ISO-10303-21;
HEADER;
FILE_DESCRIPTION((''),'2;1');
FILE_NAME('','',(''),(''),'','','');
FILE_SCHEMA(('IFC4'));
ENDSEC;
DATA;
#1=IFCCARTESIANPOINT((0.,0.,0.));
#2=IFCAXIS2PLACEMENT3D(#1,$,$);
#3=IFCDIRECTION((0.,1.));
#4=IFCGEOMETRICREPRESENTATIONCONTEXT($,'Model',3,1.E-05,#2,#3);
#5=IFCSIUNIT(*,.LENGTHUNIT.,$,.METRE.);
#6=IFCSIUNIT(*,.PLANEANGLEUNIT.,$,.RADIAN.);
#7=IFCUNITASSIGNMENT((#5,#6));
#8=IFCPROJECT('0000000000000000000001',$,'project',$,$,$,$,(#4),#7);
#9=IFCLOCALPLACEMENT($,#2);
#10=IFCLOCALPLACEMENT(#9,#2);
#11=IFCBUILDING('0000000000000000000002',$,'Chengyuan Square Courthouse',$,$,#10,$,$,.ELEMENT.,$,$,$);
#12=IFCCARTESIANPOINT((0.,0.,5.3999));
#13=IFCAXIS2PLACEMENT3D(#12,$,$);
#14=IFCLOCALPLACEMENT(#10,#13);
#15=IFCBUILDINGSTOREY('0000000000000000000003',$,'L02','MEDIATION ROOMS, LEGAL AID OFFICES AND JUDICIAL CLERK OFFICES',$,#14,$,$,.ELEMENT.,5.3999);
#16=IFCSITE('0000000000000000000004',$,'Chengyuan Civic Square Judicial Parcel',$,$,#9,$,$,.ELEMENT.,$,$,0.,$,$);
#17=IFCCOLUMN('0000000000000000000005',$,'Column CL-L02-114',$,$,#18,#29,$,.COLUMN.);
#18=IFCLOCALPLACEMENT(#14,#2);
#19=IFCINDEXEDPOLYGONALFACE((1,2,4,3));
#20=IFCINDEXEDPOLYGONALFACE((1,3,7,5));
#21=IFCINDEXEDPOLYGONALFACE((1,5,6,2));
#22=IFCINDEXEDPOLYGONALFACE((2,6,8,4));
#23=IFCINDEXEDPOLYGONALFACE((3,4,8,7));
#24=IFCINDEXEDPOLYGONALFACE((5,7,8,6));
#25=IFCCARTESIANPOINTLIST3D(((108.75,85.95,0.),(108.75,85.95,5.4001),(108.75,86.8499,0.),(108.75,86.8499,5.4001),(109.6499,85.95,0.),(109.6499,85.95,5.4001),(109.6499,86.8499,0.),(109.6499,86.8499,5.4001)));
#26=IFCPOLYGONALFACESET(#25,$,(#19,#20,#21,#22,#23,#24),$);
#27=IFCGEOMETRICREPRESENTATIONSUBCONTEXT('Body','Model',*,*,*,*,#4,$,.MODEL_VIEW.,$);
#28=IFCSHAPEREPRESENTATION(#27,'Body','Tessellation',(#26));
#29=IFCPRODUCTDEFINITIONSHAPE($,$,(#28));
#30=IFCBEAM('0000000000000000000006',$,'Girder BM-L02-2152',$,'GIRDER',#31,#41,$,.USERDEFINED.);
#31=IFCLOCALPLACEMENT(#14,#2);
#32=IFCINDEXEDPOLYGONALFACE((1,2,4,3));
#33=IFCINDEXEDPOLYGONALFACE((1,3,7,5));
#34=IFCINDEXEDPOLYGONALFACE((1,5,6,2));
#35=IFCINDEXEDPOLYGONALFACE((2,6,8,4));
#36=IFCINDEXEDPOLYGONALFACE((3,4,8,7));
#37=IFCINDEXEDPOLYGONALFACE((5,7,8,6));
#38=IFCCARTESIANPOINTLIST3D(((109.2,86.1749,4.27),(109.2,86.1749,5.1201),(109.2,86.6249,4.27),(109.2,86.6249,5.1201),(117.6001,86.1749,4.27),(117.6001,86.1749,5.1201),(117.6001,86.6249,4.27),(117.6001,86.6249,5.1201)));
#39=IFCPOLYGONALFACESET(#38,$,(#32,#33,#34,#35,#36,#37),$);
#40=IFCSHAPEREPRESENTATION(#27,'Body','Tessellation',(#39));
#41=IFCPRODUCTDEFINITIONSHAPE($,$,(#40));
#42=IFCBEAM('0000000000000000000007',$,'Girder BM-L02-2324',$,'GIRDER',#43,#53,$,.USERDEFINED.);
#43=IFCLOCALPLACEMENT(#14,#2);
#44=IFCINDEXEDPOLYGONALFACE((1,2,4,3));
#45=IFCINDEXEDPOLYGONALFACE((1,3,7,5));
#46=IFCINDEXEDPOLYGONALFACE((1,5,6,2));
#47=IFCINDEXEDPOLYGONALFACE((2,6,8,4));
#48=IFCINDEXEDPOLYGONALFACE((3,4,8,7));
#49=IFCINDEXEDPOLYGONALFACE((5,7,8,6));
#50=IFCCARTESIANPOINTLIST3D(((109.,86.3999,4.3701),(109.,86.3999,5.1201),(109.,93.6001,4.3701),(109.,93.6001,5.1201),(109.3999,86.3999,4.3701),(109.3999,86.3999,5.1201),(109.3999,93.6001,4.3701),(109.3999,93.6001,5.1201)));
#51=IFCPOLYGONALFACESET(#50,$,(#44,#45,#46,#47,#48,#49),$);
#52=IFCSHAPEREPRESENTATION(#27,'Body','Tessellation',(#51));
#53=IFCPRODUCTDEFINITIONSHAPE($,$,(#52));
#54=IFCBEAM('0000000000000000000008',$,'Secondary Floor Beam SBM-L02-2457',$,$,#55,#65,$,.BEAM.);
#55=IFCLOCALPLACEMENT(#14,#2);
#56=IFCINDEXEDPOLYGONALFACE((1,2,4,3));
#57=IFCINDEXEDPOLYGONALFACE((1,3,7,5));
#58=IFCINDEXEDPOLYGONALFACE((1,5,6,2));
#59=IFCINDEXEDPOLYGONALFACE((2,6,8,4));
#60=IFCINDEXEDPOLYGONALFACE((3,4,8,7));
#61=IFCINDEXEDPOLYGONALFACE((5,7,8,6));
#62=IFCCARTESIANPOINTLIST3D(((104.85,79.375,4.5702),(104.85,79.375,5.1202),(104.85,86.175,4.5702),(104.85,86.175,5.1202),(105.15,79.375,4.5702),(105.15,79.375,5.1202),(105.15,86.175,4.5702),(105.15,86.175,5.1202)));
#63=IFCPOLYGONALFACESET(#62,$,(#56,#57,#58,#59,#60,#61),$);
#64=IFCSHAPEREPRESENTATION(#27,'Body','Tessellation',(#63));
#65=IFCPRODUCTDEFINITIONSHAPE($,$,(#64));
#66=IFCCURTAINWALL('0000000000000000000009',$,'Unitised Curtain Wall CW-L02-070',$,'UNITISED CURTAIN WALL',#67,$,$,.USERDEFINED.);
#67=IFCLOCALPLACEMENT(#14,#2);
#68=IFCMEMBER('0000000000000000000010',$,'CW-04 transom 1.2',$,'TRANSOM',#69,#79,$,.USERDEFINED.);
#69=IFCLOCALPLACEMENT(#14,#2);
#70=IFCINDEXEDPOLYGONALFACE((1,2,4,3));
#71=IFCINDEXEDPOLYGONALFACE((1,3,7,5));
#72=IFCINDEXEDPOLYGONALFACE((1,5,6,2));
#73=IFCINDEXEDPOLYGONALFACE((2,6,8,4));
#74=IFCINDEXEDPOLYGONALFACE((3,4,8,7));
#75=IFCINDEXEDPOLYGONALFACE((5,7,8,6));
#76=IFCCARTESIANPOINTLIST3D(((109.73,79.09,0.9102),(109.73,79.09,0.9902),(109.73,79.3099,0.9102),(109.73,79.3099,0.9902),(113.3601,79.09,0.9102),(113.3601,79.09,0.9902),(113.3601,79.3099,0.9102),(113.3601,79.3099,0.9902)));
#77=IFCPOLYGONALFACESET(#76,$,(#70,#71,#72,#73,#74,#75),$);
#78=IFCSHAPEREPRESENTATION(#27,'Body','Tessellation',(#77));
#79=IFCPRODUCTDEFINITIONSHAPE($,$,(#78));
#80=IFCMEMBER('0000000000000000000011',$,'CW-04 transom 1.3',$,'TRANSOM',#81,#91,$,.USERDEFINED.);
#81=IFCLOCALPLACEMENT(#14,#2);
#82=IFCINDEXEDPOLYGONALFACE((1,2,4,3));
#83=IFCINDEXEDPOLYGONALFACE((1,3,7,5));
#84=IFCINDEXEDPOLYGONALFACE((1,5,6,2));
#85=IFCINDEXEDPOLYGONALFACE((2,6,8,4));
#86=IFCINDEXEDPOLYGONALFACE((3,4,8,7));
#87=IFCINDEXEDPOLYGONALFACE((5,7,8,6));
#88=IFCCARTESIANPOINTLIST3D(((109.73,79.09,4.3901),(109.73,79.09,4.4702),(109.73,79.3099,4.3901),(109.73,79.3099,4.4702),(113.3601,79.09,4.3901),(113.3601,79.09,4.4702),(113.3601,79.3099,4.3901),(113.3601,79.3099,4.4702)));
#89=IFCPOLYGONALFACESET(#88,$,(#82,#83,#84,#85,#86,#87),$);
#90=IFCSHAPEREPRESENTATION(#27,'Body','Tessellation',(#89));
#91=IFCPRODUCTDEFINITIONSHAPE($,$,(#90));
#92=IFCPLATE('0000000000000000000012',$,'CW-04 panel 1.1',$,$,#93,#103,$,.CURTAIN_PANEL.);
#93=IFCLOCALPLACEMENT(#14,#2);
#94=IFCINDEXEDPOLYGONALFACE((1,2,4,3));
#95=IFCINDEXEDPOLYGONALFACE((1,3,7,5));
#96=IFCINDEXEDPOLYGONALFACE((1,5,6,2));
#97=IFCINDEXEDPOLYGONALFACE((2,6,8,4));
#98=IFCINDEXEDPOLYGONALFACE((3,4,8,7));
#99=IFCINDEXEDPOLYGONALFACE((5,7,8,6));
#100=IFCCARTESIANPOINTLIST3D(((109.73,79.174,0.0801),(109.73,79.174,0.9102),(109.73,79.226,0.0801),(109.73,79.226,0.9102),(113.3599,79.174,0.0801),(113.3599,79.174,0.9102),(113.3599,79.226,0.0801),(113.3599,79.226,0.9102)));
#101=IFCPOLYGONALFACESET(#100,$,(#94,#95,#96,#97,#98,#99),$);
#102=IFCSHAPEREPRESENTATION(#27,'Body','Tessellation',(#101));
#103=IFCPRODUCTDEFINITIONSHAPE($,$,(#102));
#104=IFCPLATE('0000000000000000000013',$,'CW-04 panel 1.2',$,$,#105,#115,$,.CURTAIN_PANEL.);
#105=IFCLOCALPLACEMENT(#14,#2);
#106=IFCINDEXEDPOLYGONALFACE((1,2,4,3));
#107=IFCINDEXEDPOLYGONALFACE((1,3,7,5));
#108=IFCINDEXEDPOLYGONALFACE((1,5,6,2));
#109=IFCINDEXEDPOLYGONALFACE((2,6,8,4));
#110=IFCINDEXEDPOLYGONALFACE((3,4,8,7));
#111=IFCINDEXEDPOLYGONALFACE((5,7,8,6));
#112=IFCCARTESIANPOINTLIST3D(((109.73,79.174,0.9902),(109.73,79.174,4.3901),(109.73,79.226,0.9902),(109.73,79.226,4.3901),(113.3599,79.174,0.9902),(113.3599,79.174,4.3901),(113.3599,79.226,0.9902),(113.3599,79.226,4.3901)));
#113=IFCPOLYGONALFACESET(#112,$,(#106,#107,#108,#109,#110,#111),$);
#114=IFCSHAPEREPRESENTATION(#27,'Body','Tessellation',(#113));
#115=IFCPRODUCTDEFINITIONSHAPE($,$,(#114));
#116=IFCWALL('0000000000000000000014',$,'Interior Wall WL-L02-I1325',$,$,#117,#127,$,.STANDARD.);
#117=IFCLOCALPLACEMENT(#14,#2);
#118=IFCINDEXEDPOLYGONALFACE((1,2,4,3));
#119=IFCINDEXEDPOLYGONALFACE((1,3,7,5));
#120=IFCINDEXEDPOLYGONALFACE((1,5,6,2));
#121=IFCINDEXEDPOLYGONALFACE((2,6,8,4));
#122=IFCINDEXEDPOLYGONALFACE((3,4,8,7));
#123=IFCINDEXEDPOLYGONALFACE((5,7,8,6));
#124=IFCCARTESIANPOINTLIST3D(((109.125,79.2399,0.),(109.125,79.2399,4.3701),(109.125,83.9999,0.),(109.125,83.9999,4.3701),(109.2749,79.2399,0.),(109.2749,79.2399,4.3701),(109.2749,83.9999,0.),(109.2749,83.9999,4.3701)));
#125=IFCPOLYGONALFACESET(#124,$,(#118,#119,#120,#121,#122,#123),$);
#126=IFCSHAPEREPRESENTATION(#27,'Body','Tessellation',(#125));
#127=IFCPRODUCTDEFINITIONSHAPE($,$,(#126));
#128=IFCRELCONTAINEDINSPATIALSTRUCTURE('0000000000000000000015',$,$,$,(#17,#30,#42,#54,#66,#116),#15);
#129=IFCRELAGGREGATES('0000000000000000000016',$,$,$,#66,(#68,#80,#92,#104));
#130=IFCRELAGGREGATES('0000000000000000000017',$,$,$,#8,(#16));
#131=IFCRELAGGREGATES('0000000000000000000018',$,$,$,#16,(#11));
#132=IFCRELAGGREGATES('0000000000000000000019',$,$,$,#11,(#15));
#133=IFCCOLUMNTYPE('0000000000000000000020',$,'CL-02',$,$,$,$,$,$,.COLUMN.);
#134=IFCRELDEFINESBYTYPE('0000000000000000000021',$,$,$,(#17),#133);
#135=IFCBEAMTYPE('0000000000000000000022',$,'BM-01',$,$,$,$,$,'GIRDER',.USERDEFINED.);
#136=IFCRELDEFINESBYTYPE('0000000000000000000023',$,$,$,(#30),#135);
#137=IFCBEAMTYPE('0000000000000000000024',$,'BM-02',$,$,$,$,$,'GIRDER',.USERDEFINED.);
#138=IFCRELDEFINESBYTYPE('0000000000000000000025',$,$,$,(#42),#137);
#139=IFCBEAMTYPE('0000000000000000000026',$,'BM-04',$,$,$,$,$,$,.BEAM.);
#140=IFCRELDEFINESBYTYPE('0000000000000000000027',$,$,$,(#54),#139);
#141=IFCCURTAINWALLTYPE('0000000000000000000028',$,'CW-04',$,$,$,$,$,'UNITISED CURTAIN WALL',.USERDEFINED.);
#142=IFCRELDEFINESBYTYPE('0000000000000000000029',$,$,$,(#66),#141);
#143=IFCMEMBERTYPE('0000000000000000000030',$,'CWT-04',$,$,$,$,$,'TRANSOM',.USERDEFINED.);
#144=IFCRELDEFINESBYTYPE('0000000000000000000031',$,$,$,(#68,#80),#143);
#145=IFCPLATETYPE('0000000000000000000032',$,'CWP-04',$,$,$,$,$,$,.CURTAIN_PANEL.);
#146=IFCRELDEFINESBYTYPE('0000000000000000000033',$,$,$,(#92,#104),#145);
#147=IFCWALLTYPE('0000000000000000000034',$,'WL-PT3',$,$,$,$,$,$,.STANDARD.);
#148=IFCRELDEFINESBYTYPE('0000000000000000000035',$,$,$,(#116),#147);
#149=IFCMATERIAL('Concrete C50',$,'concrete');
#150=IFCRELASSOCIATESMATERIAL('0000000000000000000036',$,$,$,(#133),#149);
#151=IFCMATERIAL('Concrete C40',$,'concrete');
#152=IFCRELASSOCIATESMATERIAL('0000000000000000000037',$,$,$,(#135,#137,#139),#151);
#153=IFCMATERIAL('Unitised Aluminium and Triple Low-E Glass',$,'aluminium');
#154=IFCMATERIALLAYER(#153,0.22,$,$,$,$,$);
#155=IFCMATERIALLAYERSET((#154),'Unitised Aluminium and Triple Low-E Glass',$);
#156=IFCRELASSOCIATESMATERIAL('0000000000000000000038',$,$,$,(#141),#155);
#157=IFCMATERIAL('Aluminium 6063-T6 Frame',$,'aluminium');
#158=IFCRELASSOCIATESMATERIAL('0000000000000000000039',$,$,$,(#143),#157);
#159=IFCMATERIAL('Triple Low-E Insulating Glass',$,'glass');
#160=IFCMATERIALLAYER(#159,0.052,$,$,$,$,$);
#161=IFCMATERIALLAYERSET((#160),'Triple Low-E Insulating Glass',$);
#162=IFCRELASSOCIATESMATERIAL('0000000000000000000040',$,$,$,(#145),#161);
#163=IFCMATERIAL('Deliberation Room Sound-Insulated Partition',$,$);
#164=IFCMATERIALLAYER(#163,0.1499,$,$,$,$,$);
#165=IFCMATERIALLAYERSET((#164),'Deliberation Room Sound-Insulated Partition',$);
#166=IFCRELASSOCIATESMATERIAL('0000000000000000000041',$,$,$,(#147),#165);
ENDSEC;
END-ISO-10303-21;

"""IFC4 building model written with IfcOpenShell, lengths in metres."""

from ifc_helpers import new_model, si_unit, direction, frame, frame_2d, origin, origin_2d, place, context, subcontext, project, spatial, rectangle, extrude, material, layer, layer_set, material_profile, profile_set, type_object, element, aggregate, save


model = new_model("IFC4")

# Units and contexts
model_context = context("Model", 3, precision=1e-05, world=origin(), true_north=direction((0.0, 1.0)))
body_context = subcontext(model_context, "Body", "Model", "MODEL_VIEW")
ifc_project = project(units=[si_unit("LENGTHUNIT", "METRE"), si_unit("PLANEANGLEUNIT", "RADIAN")], contexts=[model_context])

# Site, building, storey
site_placement = place(None, origin())
site = spatial("IfcSite", under=ifc_project, at=site_placement, Name="Chengyuan Civic Square Judicial Parcel", CompositionType="ELEMENT", RefElevation=0.0)
building_placement = place(site_placement, origin())
building = spatial("IfcBuilding", under=site, at=building_placement, Name="Chengyuan Square Courthouse", CompositionType="ELEMENT")
storey_placement = place(building_placement, frame((0.0, 0.0, 5.3999)))
storey = spatial("IfcBuildingStorey", under=building, at=storey_placement, Name="L02", Description="MEDIATION ROOMS, LEGAL AID OFFICES AND JUDICIAL CLERK OFFICES", CompositionType="ELEMENT", Elevation=5.3999)

# Column
ifc_material_1 = material(Name="Concrete C50", Category="concrete")
ifc_material_profile_1 = material_profile(ifc_material_1, rectangle(XDim=0.8999, YDim=0.8999, at=origin_2d()), Name="RC-COL-900x900")
ifc_profile_set_1 = profile_set([ifc_material_profile_1], Name="Concrete C50")
column_type = type_object("IfcColumnType", Name="CL-02", PredefinedType="COLUMN", material=ifc_profile_set_1)
column_placement = place(storey_placement, frame((109.2, 86.3999, 0.0), z_axis=(0.0, 0.0, 1.0), x_axis=(1.0, 0.0, 0.0)))
element("IfcColumn", 1, at=column_placement, inside=storey, type_object=column_type, Name="Column CL-L02-114", PredefinedType="COLUMN", context=body_context, shape_type="SweptSolid", body=[
    extrude(rectangle(XDim=0.8999, YDim=0.8999, at=origin_2d()), origin(), (0.0, 0.0, 1.0), 5.4001),
])

# Beams
ifc_material_2 = material(Name="Concrete C40", Category="concrete")
ifc_material_profile_2 = material_profile(ifc_material_2, rectangle(XDim=0.45, YDim=0.8501, at=origin_2d()), Name="RC-BM-450x850")
ifc_profile_set_2 = profile_set([ifc_material_profile_2], Name="Concrete C40")
beam_type_1 = type_object("IfcBeamType", Name="BM-01", ElementType="GIRDER", PredefinedType="USERDEFINED", material=ifc_profile_set_2)
beam_1_placement = place(storey_placement, frame((109.2, 86.3999, 4.6951), z_axis=(1.0, 0.0, 0.0), x_axis=(0.0, 1.0, 0.0)))
element("IfcBeam", 2, at=beam_1_placement, inside=storey, type_object=beam_type_1, Name="Girder BM-L02-2152", ObjectType="GIRDER", PredefinedType="USERDEFINED", context=body_context, shape_type="SweptSolid", body=[
    extrude(rectangle(XDim=0.45, YDim=0.8501, at=origin_2d()), origin(), (0.0, 0.0, 1.0), 8.4001),
])
ifc_material_profile_3 = material_profile(ifc_material_2, rectangle(XDim=0.3999, YDim=0.75, at=origin_2d()), Name="RC-BM-400x750")
ifc_profile_set_3 = profile_set([ifc_material_profile_3], Name="Concrete C40")
beam_type_2 = type_object("IfcBeamType", Name="BM-02", ElementType="GIRDER", PredefinedType="USERDEFINED", material=ifc_profile_set_3)
beam_2_placement = place(storey_placement, frame((109.2, 86.3999, 4.7451), z_axis=(0.0, 1.0, 0.0), x_axis=(-1.0, 0.0, 0.0)))
element("IfcBeam", 3, at=beam_2_placement, inside=storey, type_object=beam_type_2, Name="Girder BM-L02-2324", ObjectType="GIRDER", PredefinedType="USERDEFINED", context=body_context, shape_type="SweptSolid", body=[
    extrude(rectangle(XDim=0.3999, YDim=0.75, at=origin_2d()), origin(), (0.0, 0.0, 1.0), 7.2002),
])
ifc_material_profile_4 = material_profile(ifc_material_2, rectangle(XDim=0.3, YDim=0.55, at=origin_2d()), Name="RC-BM-300x550")
ifc_profile_set_4 = profile_set([ifc_material_profile_4], Name="Concrete C40")
beam_type_3 = type_object("IfcBeamType", Name="BM-04", PredefinedType="BEAM", material=ifc_profile_set_4)
beam_3_placement = place(storey_placement, frame((105.0, 79.375, 4.8452), z_axis=(0.0, 1.0, 0.0), x_axis=(-1.0, 0.0, 0.0)))
element("IfcBeam", 4, at=beam_3_placement, inside=storey, type_object=beam_type_3, Name="Secondary Floor Beam SBM-L02-2457", PredefinedType="BEAM", context=body_context, shape_type="SweptSolid", body=[
    extrude(rectangle(XDim=0.3, YDim=0.55, at=origin_2d()), origin(), (0.0, 0.0, 1.0), 6.8),
])

# Curtain wall, members, plates
ifc_material_3 = material(Name="Unitised Aluminium and Triple Low-E Glass", Category="aluminium")
ifc_layer_1 = layer(ifc_material_3, 0.22)
ifc_layer_set_1 = layer_set([ifc_layer_1], Name="Unitised Aluminium and Triple Low-E Glass")
curtain_wall_type = type_object("IfcCurtainWallType", Name="CW-04", ElementType="UNITISED CURTAIN WALL", PredefinedType="USERDEFINED", material=ifc_layer_set_1)
curtain_wall_placement = place(storey_placement, origin())
curtain_wall = element("IfcCurtainWall", 5, at=curtain_wall_placement, inside=storey, type_object=curtain_wall_type, Name="Unitised Curtain Wall CW-L02-070", ObjectType="UNITISED CURTAIN WALL", PredefinedType="USERDEFINED")
ifc_material_4 = material(Name="Aluminium 6063-T6 Frame", Category="aluminium")
ifc_material_profile_5 = material_profile(ifc_material_4, rectangle(XDim=0.22, YDim=0.0801, at=origin_2d()), Name="CW-TRN-80x180")
ifc_profile_set_5 = profile_set([ifc_material_profile_5], Name="Aluminium 6063-T6 Frame")
member_type = type_object("IfcMemberType", Name="CWT-04", ElementType="TRANSOM", PredefinedType="USERDEFINED", material=ifc_profile_set_5)
member_1_placement = place(storey_placement, frame((109.73, 79.2, 0.9502), z_axis=(1.0, 0.0, 0.0), x_axis=(0.0, 1.0, 0.0)))
member_1 = element("IfcMember", 6, at=member_1_placement, type_object=member_type, Name="CW-04 transom 1.2", ObjectType="TRANSOM", PredefinedType="USERDEFINED", context=body_context, shape_type="SweptSolid", body=[
    extrude(rectangle(XDim=0.22, YDim=0.0801, at=origin_2d()), origin(), (0.0, 0.0, 1.0), 3.6301),
])
member_2_placement = place(storey_placement, frame((109.73, 79.2, 4.4302), z_axis=(1.0, 0.0, 0.0), x_axis=(0.0, 1.0, 0.0)))
member_2 = element("IfcMember", 7, at=member_2_placement, type_object=member_type, Name="CW-04 transom 1.3", ObjectType="TRANSOM", PredefinedType="USERDEFINED", context=body_context, shape_type="SweptSolid", body=[
    extrude(rectangle(XDim=0.22, YDim=0.0801, at=origin_2d()), origin(), (0.0, 0.0, 1.0), 3.6301),
])
ifc_material_5 = material(Name="Triple Low-E Insulating Glass", Category="glass")
ifc_layer_2 = layer(ifc_material_5, 0.052)
ifc_layer_set_2 = layer_set([ifc_layer_2], Name="Triple Low-E Insulating Glass")
plate_type = type_object("IfcPlateType", Name="CWP-04", PredefinedType="CURTAIN_PANEL", material=ifc_layer_set_2)
plate_1_placement = place(storey_placement, frame((111.5449, 79.2, 0.0801), z_axis=(0.0, 0.0, 1.0), x_axis=(1.0, 0.0, 0.0)))
plate_1 = element("IfcPlate", 8, at=plate_1_placement, type_object=plate_type, Name="CW-04 panel 1.1", PredefinedType="CURTAIN_PANEL", context=body_context, shape_type="SweptSolid", body=[
    extrude(rectangle(XDim=3.6299, YDim=0.052, at=origin_2d()), origin(), (0.0, 0.0, 1.0), 0.8301),
])
plate_2_placement = place(storey_placement, frame((111.5449, 79.2, 0.9902), z_axis=(0.0, 0.0, 1.0), x_axis=(1.0, 0.0, 0.0)))
plate_2 = element("IfcPlate", 9, at=plate_2_placement, type_object=plate_type, Name="CW-04 panel 1.2", PredefinedType="CURTAIN_PANEL", context=body_context, shape_type="SweptSolid", body=[
    extrude(rectangle(XDim=3.6299, YDim=0.052, at=origin_2d()), origin(), (0.0, 0.0, 1.0), 3.3999),
])
aggregate(curtain_wall, [member_1, member_2, plate_1, plate_2])

# Wall
ifc_material_6 = material(Name="Deliberation Room Sound-Insulated Partition")
ifc_layer_3 = layer(ifc_material_6, 0.1499)
ifc_layer_set_3 = layer_set([ifc_layer_3], Name="Deliberation Room Sound-Insulated Partition")
wall_type_1 = type_object("IfcWallType", Name="WL-PT3", PredefinedType="STANDARD", material=ifc_layer_set_3)
wall_1_placement = place(storey_placement, frame((109.2, 79.24, 0.0), z_axis=(0.0, 0.0, 1.0), x_axis=(0.0, 1.0, 0.0)))
element("IfcWall", 10, at=wall_1_placement, inside=storey, type_object=wall_type_1, Name="Interior Wall WL-L02-I1325", PredefinedType="STANDARD", context=body_context, shape_type="SweptSolid", body=[
    extrude(rectangle(XDim=4.76, YDim=0.1499, at=frame_2d((2.3799, 0.0))), origin(), (0.0, 0.0, 1.0), 4.3701),
])

save(model, "model.ifc")
